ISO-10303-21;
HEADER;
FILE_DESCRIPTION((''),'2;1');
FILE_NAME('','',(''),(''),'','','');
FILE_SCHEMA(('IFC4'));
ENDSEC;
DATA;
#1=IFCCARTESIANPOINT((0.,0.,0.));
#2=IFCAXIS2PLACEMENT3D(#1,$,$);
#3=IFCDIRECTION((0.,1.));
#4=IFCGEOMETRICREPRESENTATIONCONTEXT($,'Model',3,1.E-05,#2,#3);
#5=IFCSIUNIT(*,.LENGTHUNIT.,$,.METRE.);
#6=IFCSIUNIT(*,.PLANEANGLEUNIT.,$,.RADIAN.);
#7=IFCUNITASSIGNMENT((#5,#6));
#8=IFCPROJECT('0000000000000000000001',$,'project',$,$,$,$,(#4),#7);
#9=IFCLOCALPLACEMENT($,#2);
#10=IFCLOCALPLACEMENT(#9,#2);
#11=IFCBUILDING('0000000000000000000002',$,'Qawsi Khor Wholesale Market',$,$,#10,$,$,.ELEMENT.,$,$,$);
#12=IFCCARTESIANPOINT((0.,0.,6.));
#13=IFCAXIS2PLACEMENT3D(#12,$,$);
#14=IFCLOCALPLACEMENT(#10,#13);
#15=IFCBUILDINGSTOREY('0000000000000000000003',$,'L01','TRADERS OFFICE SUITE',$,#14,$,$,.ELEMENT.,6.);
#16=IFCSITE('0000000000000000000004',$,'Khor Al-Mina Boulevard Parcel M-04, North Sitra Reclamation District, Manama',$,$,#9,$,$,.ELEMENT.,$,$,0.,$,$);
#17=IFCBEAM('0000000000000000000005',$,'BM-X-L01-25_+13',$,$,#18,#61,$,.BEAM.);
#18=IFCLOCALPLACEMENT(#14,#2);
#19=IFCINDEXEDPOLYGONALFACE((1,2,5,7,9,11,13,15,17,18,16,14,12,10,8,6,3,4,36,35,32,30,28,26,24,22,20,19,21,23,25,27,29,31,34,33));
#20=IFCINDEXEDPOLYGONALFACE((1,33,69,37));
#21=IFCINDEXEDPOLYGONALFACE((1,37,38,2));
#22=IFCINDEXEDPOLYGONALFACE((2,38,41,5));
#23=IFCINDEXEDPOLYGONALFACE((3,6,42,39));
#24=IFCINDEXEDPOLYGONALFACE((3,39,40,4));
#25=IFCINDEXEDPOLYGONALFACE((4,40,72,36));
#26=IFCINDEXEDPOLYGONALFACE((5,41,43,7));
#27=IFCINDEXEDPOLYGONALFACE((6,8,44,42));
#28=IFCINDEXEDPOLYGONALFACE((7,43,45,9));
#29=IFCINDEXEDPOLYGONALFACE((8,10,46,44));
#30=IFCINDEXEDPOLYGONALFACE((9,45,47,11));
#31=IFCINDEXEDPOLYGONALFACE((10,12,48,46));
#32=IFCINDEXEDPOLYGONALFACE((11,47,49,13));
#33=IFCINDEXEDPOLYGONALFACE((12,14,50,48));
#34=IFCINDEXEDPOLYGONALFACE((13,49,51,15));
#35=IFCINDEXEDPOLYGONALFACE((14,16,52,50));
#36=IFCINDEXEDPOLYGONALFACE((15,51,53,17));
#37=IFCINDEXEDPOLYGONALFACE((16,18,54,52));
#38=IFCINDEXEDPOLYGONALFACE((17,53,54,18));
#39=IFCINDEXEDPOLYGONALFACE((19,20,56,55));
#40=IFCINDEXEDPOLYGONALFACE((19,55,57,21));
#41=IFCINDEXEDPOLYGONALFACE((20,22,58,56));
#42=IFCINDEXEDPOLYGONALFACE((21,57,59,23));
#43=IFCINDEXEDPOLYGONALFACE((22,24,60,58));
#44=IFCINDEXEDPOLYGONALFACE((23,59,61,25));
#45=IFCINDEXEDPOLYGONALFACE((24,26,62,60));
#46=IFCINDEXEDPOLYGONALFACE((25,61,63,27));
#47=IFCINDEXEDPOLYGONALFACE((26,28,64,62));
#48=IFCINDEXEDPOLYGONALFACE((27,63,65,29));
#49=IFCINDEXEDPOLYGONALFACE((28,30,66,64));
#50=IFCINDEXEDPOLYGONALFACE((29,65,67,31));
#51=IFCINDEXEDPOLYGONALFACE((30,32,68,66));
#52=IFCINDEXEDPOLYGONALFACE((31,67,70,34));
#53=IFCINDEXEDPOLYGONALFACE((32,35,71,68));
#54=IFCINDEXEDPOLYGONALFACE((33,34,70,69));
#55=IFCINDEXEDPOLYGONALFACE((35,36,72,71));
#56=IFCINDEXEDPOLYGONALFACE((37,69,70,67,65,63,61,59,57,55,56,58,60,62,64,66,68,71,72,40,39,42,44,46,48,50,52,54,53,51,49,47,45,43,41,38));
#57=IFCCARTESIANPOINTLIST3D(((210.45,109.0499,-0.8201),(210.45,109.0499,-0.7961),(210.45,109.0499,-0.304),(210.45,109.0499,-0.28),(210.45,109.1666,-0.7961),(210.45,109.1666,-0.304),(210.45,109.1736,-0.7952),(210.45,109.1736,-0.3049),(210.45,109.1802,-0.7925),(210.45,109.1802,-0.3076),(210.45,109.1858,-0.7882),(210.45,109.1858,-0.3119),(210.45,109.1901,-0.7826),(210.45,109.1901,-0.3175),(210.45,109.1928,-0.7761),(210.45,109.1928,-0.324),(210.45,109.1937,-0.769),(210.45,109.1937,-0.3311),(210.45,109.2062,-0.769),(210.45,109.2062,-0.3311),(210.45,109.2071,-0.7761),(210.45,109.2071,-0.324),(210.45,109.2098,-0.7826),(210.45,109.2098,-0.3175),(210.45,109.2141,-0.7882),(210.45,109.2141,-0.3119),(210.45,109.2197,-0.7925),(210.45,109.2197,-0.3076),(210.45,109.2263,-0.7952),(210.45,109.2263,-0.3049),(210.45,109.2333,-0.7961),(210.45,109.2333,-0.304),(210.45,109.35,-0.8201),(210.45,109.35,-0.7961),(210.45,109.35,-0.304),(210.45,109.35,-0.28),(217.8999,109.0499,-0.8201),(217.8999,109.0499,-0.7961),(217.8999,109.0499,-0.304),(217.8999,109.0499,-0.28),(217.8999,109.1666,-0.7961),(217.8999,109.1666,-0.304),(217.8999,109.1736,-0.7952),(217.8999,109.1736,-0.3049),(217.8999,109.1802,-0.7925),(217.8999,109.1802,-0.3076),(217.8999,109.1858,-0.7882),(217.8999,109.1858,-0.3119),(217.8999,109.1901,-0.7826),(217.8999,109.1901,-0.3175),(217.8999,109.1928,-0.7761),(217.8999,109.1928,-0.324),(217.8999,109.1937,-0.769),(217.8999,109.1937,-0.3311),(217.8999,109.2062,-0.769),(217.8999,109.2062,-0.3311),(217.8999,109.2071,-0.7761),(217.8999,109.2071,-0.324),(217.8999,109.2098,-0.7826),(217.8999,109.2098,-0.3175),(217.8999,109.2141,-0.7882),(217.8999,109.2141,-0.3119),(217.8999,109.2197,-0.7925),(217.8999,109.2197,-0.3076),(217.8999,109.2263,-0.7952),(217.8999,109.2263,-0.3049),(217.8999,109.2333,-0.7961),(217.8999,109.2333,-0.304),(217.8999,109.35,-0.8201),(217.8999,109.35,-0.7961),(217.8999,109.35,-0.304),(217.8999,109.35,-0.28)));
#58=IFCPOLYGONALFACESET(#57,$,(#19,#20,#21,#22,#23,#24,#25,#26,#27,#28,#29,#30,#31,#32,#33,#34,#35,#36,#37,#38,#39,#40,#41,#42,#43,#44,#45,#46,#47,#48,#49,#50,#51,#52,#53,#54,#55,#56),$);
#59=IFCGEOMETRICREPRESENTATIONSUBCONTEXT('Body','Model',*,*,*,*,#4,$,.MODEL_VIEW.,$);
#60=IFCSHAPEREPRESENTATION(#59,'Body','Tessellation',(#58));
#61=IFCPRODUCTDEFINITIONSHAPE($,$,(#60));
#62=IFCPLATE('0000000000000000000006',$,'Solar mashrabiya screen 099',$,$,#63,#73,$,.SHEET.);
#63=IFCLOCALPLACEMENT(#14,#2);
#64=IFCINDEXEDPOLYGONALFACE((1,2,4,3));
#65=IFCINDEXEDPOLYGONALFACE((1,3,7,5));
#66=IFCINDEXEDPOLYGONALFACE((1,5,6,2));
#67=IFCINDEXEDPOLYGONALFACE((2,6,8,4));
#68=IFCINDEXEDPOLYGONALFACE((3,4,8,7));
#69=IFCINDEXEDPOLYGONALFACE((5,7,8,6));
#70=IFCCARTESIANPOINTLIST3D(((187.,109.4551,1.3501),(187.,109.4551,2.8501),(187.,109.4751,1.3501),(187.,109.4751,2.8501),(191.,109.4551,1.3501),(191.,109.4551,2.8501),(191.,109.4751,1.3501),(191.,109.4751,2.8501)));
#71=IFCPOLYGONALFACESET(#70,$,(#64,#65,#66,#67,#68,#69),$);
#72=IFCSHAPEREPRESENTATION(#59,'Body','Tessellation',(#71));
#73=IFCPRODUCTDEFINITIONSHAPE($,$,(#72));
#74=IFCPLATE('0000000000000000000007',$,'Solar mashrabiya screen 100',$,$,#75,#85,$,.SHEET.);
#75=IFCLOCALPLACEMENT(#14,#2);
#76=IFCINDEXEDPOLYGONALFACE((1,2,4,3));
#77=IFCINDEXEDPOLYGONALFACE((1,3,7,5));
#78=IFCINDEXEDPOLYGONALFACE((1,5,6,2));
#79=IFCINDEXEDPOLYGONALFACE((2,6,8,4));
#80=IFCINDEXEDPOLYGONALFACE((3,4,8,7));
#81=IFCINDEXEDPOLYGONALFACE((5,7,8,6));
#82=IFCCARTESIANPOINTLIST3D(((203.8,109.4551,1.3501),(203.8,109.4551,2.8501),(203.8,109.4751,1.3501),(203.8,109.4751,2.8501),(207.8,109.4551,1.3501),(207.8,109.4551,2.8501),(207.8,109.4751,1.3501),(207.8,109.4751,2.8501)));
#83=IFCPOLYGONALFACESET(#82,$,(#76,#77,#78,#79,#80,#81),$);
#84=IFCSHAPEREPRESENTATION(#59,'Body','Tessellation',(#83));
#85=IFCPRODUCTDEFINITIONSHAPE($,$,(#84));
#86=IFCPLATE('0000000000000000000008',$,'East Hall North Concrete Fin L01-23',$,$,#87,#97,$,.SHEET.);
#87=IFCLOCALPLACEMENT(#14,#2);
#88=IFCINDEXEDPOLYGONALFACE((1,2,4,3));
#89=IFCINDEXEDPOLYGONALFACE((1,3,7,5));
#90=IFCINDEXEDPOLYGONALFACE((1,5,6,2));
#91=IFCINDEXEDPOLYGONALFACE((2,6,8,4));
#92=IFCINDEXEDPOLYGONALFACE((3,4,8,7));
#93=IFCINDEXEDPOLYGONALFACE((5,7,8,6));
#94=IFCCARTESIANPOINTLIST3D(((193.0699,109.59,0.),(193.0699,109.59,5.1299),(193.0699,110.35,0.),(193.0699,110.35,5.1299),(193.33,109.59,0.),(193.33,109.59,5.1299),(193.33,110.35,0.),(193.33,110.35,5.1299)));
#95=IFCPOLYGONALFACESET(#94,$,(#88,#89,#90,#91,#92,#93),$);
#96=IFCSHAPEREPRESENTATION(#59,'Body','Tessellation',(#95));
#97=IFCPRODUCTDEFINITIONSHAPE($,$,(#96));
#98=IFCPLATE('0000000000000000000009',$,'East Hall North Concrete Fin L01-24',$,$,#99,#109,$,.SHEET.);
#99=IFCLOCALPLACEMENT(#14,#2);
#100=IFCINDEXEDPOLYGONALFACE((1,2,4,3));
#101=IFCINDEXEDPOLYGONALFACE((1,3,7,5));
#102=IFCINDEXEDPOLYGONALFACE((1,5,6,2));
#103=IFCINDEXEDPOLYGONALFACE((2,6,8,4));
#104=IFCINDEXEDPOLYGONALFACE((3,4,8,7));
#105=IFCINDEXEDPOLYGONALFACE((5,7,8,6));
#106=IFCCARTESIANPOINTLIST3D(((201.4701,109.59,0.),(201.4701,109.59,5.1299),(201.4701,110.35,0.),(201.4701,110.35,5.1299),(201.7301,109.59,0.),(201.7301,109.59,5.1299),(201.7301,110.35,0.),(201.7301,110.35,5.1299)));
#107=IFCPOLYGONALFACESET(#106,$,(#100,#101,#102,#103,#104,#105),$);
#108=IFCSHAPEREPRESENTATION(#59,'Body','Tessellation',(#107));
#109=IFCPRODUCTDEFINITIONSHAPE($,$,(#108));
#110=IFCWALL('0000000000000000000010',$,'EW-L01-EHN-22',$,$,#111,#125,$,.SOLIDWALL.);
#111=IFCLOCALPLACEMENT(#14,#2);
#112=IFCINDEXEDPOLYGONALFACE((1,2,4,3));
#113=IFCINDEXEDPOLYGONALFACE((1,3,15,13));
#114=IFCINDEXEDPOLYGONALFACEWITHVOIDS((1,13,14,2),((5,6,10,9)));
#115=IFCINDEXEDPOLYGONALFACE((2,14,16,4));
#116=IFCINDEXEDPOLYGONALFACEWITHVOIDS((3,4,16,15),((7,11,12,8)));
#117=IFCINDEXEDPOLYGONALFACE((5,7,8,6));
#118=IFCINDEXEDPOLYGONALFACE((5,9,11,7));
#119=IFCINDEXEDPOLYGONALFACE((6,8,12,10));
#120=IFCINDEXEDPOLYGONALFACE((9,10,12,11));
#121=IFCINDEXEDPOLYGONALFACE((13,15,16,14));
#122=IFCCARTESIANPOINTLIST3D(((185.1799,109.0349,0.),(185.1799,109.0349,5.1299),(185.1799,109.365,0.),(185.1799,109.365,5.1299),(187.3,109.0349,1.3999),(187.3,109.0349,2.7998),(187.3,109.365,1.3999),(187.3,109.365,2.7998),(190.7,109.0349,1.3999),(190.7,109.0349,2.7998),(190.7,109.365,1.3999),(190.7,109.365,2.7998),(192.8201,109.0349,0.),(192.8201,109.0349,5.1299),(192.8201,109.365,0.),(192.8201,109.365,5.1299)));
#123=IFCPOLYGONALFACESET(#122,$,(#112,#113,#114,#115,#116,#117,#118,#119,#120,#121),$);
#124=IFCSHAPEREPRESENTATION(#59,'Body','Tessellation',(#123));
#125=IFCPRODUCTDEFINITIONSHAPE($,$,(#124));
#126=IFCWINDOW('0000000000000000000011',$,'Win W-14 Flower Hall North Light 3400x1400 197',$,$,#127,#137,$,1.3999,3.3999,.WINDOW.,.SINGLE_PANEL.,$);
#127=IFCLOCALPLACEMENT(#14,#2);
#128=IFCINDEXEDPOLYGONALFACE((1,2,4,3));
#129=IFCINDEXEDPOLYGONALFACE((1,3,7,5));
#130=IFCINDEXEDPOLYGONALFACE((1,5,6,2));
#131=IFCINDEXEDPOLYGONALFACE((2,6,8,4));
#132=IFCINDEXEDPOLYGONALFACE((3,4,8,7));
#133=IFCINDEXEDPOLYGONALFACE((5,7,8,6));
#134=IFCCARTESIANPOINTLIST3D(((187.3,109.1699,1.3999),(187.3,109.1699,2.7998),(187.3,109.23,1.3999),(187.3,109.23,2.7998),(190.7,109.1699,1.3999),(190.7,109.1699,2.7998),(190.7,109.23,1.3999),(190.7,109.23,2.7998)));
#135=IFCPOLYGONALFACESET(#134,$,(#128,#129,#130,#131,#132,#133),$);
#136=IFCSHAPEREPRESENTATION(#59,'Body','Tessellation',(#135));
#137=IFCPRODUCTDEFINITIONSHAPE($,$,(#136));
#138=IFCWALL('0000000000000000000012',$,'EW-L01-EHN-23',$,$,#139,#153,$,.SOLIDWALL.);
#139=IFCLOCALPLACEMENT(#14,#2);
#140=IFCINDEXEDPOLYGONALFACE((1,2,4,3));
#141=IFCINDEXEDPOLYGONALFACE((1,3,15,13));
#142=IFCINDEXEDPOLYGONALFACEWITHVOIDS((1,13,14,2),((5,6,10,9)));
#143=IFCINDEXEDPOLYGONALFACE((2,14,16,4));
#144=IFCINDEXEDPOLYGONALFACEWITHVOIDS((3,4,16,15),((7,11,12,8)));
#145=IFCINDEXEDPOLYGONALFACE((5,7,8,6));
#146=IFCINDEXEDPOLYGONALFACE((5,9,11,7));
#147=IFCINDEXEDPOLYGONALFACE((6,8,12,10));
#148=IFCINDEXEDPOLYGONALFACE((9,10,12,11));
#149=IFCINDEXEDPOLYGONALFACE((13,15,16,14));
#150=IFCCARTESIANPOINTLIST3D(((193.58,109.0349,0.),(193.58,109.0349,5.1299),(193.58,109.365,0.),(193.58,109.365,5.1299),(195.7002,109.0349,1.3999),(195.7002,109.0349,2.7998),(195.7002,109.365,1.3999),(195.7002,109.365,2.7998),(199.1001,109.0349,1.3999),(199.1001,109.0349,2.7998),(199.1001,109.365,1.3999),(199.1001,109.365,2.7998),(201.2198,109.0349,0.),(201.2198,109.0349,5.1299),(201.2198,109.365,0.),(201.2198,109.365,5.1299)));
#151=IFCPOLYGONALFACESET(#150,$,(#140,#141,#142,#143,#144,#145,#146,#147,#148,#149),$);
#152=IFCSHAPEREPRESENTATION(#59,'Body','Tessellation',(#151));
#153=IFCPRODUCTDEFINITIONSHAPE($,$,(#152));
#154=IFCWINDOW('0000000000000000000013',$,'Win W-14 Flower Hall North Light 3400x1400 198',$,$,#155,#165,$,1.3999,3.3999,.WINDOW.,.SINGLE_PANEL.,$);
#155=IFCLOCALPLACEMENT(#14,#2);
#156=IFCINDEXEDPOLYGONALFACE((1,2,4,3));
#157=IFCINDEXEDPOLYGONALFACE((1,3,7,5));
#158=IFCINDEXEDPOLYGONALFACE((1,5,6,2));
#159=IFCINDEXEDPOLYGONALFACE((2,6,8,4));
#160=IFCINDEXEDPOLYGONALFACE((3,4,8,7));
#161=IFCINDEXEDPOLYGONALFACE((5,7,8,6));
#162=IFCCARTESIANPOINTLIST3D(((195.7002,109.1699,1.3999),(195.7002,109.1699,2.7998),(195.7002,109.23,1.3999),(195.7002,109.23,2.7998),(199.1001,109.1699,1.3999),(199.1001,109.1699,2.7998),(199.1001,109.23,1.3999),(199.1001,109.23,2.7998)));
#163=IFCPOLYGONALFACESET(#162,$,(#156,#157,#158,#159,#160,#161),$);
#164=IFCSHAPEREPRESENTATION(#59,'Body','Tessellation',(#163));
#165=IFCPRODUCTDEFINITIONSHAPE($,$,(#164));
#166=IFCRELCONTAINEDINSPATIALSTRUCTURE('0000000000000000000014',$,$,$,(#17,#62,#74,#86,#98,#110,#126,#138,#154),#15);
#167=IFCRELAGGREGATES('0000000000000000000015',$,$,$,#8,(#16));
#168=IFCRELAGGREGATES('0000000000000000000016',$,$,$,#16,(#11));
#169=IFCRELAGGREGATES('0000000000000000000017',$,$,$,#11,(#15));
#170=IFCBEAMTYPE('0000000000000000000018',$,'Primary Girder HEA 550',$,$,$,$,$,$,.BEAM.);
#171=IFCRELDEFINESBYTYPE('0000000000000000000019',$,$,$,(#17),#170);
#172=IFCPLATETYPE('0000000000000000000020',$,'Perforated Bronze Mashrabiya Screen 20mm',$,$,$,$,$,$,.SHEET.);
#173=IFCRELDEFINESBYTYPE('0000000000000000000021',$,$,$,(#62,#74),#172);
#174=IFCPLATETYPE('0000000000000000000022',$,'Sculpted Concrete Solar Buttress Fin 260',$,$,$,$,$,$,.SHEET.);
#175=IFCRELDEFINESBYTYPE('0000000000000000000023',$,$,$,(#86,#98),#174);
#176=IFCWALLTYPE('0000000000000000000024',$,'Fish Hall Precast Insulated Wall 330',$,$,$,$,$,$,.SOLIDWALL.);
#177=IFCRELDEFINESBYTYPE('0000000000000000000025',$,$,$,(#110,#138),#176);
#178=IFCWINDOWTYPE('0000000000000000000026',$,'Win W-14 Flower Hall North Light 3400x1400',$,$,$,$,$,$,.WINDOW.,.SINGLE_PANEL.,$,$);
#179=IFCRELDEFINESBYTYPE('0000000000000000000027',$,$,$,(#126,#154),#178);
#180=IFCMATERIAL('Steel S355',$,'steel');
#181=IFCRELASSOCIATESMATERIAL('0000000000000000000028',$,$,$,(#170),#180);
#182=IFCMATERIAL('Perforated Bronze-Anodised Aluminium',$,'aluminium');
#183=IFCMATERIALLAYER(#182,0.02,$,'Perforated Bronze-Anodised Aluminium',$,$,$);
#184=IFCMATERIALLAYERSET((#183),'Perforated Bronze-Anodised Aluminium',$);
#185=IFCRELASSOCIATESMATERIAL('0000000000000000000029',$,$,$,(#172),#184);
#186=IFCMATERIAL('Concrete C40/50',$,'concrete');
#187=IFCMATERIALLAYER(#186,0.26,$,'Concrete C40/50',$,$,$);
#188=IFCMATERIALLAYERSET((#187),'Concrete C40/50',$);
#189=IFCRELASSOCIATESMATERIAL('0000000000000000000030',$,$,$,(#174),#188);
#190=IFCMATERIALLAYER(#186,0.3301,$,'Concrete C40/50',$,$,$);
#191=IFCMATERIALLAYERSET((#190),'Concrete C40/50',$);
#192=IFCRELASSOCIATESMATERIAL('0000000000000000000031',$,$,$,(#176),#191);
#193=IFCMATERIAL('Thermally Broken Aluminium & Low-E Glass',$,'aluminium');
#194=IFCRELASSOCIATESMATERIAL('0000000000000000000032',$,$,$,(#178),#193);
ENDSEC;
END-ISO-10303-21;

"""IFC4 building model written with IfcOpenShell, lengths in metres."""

from ifc_helpers import new_model, si_unit, direction, frame, frame_2d, origin, origin_2d, place, context, subcontext, project, spatial, rectangle, i_section, extrude, material, layer, layer_set, material_profile, profile_set, type_object, element, fill, save


model = new_model("IFC4")

# Units and contexts
model_context = context("Model", 3, precision=1e-05, world=origin(), true_north=direction((0.0, 1.0)))
body_context = subcontext(model_context, "Body", "Model", "MODEL_VIEW")
ifc_project = project(units=[si_unit("LENGTHUNIT", "METRE"), si_unit("PLANEANGLEUNIT", "RADIAN")], contexts=[model_context])

# Site, building, storey
site_placement = place(None, origin())
site = spatial("IfcSite", under=ifc_project, at=site_placement, Name="Khor Al-Mina Boulevard Parcel M-04, North Sitra Reclamation District, Manama", CompositionType="ELEMENT", RefElevation=0.0)
building_placement = place(site_placement, origin())
building = spatial("IfcBuilding", under=site, at=building_placement, Name="Qawsi Khor Wholesale Market", CompositionType="ELEMENT")
storey_placement = place(building_placement, frame((0.0, 0.0, 6.0)))
storey = spatial("IfcBuildingStorey", under=building, at=storey_placement, Name="L01", Description="TRADERS OFFICE SUITE", CompositionType="ELEMENT", Elevation=6.0)

# Shared definitions
ifc_material_1 = material(Name="Concrete C40/50", Category="concrete")

# Beam
ifc_material_2 = material(Name="Steel S355", Category="steel")
ifc_material_profile_1 = material_profile(ifc_material_2, i_section(OverallWidth=0.3, OverallDepth=0.54, WebThickness=0.0125, FlangeThickness=0.0239, FilletRadius=0.0271, at=origin_2d()), Name="HEA 550")
ifc_profile_set_1 = profile_set([ifc_material_profile_1], Name="Steel S355")
beam_type = type_object("IfcBeamType", Name="Primary Girder HEA 550", PredefinedType="BEAM", material=ifc_profile_set_1)
beam_placement = place(storey_placement, frame((210.45, 109.2, -0.55), z_axis=(1.0, 0.0, 0.0), x_axis=(0.0, 1.0, 0.0)))
element("IfcBeam", 1, at=beam_placement, inside=storey, type_object=beam_type, Name="BM-X-L01-25_+13", PredefinedType="BEAM", context=body_context, shape_type="SweptSolid", body=[
    extrude(i_section(OverallWidth=0.3, OverallDepth=0.54, WebThickness=0.0125, FlangeThickness=0.0239, FilletRadius=0.0271, at=origin_2d()), origin(), (0.0, 0.0, 1.0), 7.45),
])

# Plates
ifc_material_3 = material(Name="Perforated Bronze-Anodised Aluminium", Category="aluminium")
ifc_layer_1 = layer(ifc_material_3, 0.02, Name="Perforated Bronze-Anodised Aluminium")
ifc_layer_set_1 = layer_set([ifc_layer_1], Name="Perforated Bronze-Anodised Aluminium")
plate_type_1 = type_object("IfcPlateType", Name="Perforated Bronze Mashrabiya Screen 20mm", PredefinedType="SHEET", material=ifc_layer_set_1)
for number, where, z_axis, x_axis, name in (
    (2, (187.0, 109.4651, 1.3501), (0.0, 0.0, 1.0), (1.0, 0.0, 0.0), "Solar mashrabiya screen 099"),
    (3, (203.8, 109.4651, 1.3501), (0.0, 0.0, 1.0), (1.0, 0.0, 0.0), "Solar mashrabiya screen 100"),
):
    element("IfcPlate", number, at=place(storey_placement, frame(where, z_axis=z_axis, x_axis=x_axis)), inside=storey, type_object=plate_type_1, Name=name, PredefinedType="SHEET", context=body_context, shape_type="SweptSolid", body=[
        extrude(rectangle(XDim=4.0, YDim=0.02, at=frame_2d((2.0, 0.0))), origin(), (0.0, 0.0, 1.0), 1.5),
    ])
ifc_layer_2 = layer(ifc_material_1, 0.26, Name="Concrete C40/50")
ifc_layer_set_2 = layer_set([ifc_layer_2], Name="Concrete C40/50")
plate_type_2 = type_object("IfcPlateType", Name="Sculpted Concrete Solar Buttress Fin 260", PredefinedType="SHEET", material=ifc_layer_set_2)
for number, where, z_axis, x_axis, name in (
    (4, (193.2, 109.5901, 0.0), (0.0, 0.0, 1.0), (0.0, 1.0, 0.0), "East Hall North Concrete Fin L01-23"),
    (5, (201.6001, 109.5901, 0.0), (0.0, 0.0, 1.0), (0.0, 1.0, 0.0), "East Hall North Concrete Fin L01-24"),
):
    element("IfcPlate", number, at=place(storey_placement, frame(where, z_axis=z_axis, x_axis=x_axis)), inside=storey, type_object=plate_type_2, Name=name, PredefinedType="SHEET", context=body_context, shape_type="SweptSolid", body=[
        extrude(rectangle(XDim=0.76, YDim=0.26, at=frame_2d((0.3799, 0.0))), origin(), (0.0, 0.0, 1.0), 5.1299),
    ])

# Walls, openings, windows
ifc_layer_3 = layer(ifc_material_1, 0.3301, Name="Concrete C40/50")
ifc_layer_set_3 = layer_set([ifc_layer_3], Name="Concrete C40/50")
wall_type_1 = type_object("IfcWallType", Name="Fish Hall Precast Insulated Wall 330", PredefinedType="SOLIDWALL", material=ifc_layer_set_3)
wall_1_placement = place(storey_placement, frame((185.1799, 109.2, 0.0), z_axis=(0.0, 0.0, 1.0), x_axis=(1.0, 0.0, 0.0)))
wall_1 = element("IfcWall", 6, at=wall_1_placement, inside=storey, type_object=wall_type_1, Name="EW-L01-EHN-22", PredefinedType="SOLIDWALL", context=body_context, shape_type="SweptSolid", body=[
    extrude(rectangle(XDim=7.6401, YDim=0.3301, at=frame_2d((3.8201, 0.0))), origin(), (0.0, 0.0, 1.0), 5.1299),
])
opening_1_placement = place(wall_1_placement, frame((2.1201, 0.0, 1.3999)))
opening_1 = element("IfcOpeningElement", 7, at=opening_1_placement, cuts=wall_1, PredefinedType="OPENING", context=body_context, shape_type="SweptSolid", body=[
    extrude(rectangle(XDim=3.3999, YDim=1.3999, at=frame_2d((1.7, 0.7))), frame((0.0, 0.175, 0.0), z_axis=(0.0, -1.0, 0.0), x_axis=(1.0, 0.0, 0.0)), (0.0, 0.0, 1.0), 0.3501),
])
ifc_material_4 = material(Name="Thermally Broken Aluminium & Low-E Glass", Category="aluminium")
window_type = type_object("IfcWindowType", Name="Win W-14 Flower Hall North Light 3400x1400", PartitioningType="SINGLE_PANEL", PredefinedType="WINDOW", material=ifc_material_4)
window_1_placement = place(opening_1_placement, origin())
window_1 = element("IfcWindow", 8, at=window_1_placement, inside=storey, type_object=window_type, Name="Win W-14 Flower Hall North Light 3400x1400 197", OverallHeight=1.3999, OverallWidth=3.3999, PartitioningType="SINGLE_PANEL", PredefinedType="WINDOW", context=body_context, shape_type="SweptSolid", body=[
    extrude(rectangle(XDim=3.3999, YDim=1.3999, at=frame_2d((1.7, 0.7))), frame((0.0, 0.03, 0.0), z_axis=(0.0, -1.0, 0.0), x_axis=(1.0, 0.0, 0.0)), (0.0, 0.0, 1.0), 0.0601),
])
fill(opening_1, window_1)
wall_2_placement = place(storey_placement, frame((193.5801, 109.2, 0.0), z_axis=(0.0, 0.0, 1.0), x_axis=(1.0, 0.0, 0.0)))
wall_2 = element("IfcWall", 9, at=wall_2_placement, inside=storey, type_object=wall_type_1, Name="EW-L01-EHN-23", PredefinedType="SOLIDWALL", context=body_context, shape_type="SweptSolid", body=[
    extrude(rectangle(XDim=7.6399, YDim=0.3301, at=frame_2d((3.8198, 0.0))), origin(), (0.0, 0.0, 1.0), 5.1299),
])
opening_2_placement = place(wall_2_placement, frame((2.1201, 0.0, 1.3999)))
opening_2 = element("IfcOpeningElement", 10, at=opening_2_placement, cuts=wall_2, PredefinedType="OPENING", context=body_context, shape_type="SweptSolid", body=[
    extrude(rectangle(XDim=3.3999, YDim=1.3999, at=frame_2d((1.7, 0.7))), frame((0.0, 0.175, 0.0), z_axis=(0.0, -1.0, 0.0), x_axis=(1.0, 0.0, 0.0)), (0.0, 0.0, 1.0), 0.3501),
])
window_2_placement = place(opening_2_placement, origin())
window_2 = element("IfcWindow", 11, at=window_2_placement, inside=storey, type_object=window_type, Name="Win W-14 Flower Hall North Light 3400x1400 198", OverallHeight=1.3999, OverallWidth=3.3999, PartitioningType="SINGLE_PANEL", PredefinedType="WINDOW", context=body_context, shape_type="SweptSolid", body=[
    extrude(rectangle(XDim=3.3999, YDim=1.3999, at=frame_2d((1.7, 0.7))), frame((0.0, 0.03, 0.0), z_axis=(0.0, -1.0, 0.0), x_axis=(1.0, 0.0, 0.0)), (0.0, 0.0, 1.0), 0.0601),
])
fill(opening_2, window_2)

save(model, "model.ifc")
